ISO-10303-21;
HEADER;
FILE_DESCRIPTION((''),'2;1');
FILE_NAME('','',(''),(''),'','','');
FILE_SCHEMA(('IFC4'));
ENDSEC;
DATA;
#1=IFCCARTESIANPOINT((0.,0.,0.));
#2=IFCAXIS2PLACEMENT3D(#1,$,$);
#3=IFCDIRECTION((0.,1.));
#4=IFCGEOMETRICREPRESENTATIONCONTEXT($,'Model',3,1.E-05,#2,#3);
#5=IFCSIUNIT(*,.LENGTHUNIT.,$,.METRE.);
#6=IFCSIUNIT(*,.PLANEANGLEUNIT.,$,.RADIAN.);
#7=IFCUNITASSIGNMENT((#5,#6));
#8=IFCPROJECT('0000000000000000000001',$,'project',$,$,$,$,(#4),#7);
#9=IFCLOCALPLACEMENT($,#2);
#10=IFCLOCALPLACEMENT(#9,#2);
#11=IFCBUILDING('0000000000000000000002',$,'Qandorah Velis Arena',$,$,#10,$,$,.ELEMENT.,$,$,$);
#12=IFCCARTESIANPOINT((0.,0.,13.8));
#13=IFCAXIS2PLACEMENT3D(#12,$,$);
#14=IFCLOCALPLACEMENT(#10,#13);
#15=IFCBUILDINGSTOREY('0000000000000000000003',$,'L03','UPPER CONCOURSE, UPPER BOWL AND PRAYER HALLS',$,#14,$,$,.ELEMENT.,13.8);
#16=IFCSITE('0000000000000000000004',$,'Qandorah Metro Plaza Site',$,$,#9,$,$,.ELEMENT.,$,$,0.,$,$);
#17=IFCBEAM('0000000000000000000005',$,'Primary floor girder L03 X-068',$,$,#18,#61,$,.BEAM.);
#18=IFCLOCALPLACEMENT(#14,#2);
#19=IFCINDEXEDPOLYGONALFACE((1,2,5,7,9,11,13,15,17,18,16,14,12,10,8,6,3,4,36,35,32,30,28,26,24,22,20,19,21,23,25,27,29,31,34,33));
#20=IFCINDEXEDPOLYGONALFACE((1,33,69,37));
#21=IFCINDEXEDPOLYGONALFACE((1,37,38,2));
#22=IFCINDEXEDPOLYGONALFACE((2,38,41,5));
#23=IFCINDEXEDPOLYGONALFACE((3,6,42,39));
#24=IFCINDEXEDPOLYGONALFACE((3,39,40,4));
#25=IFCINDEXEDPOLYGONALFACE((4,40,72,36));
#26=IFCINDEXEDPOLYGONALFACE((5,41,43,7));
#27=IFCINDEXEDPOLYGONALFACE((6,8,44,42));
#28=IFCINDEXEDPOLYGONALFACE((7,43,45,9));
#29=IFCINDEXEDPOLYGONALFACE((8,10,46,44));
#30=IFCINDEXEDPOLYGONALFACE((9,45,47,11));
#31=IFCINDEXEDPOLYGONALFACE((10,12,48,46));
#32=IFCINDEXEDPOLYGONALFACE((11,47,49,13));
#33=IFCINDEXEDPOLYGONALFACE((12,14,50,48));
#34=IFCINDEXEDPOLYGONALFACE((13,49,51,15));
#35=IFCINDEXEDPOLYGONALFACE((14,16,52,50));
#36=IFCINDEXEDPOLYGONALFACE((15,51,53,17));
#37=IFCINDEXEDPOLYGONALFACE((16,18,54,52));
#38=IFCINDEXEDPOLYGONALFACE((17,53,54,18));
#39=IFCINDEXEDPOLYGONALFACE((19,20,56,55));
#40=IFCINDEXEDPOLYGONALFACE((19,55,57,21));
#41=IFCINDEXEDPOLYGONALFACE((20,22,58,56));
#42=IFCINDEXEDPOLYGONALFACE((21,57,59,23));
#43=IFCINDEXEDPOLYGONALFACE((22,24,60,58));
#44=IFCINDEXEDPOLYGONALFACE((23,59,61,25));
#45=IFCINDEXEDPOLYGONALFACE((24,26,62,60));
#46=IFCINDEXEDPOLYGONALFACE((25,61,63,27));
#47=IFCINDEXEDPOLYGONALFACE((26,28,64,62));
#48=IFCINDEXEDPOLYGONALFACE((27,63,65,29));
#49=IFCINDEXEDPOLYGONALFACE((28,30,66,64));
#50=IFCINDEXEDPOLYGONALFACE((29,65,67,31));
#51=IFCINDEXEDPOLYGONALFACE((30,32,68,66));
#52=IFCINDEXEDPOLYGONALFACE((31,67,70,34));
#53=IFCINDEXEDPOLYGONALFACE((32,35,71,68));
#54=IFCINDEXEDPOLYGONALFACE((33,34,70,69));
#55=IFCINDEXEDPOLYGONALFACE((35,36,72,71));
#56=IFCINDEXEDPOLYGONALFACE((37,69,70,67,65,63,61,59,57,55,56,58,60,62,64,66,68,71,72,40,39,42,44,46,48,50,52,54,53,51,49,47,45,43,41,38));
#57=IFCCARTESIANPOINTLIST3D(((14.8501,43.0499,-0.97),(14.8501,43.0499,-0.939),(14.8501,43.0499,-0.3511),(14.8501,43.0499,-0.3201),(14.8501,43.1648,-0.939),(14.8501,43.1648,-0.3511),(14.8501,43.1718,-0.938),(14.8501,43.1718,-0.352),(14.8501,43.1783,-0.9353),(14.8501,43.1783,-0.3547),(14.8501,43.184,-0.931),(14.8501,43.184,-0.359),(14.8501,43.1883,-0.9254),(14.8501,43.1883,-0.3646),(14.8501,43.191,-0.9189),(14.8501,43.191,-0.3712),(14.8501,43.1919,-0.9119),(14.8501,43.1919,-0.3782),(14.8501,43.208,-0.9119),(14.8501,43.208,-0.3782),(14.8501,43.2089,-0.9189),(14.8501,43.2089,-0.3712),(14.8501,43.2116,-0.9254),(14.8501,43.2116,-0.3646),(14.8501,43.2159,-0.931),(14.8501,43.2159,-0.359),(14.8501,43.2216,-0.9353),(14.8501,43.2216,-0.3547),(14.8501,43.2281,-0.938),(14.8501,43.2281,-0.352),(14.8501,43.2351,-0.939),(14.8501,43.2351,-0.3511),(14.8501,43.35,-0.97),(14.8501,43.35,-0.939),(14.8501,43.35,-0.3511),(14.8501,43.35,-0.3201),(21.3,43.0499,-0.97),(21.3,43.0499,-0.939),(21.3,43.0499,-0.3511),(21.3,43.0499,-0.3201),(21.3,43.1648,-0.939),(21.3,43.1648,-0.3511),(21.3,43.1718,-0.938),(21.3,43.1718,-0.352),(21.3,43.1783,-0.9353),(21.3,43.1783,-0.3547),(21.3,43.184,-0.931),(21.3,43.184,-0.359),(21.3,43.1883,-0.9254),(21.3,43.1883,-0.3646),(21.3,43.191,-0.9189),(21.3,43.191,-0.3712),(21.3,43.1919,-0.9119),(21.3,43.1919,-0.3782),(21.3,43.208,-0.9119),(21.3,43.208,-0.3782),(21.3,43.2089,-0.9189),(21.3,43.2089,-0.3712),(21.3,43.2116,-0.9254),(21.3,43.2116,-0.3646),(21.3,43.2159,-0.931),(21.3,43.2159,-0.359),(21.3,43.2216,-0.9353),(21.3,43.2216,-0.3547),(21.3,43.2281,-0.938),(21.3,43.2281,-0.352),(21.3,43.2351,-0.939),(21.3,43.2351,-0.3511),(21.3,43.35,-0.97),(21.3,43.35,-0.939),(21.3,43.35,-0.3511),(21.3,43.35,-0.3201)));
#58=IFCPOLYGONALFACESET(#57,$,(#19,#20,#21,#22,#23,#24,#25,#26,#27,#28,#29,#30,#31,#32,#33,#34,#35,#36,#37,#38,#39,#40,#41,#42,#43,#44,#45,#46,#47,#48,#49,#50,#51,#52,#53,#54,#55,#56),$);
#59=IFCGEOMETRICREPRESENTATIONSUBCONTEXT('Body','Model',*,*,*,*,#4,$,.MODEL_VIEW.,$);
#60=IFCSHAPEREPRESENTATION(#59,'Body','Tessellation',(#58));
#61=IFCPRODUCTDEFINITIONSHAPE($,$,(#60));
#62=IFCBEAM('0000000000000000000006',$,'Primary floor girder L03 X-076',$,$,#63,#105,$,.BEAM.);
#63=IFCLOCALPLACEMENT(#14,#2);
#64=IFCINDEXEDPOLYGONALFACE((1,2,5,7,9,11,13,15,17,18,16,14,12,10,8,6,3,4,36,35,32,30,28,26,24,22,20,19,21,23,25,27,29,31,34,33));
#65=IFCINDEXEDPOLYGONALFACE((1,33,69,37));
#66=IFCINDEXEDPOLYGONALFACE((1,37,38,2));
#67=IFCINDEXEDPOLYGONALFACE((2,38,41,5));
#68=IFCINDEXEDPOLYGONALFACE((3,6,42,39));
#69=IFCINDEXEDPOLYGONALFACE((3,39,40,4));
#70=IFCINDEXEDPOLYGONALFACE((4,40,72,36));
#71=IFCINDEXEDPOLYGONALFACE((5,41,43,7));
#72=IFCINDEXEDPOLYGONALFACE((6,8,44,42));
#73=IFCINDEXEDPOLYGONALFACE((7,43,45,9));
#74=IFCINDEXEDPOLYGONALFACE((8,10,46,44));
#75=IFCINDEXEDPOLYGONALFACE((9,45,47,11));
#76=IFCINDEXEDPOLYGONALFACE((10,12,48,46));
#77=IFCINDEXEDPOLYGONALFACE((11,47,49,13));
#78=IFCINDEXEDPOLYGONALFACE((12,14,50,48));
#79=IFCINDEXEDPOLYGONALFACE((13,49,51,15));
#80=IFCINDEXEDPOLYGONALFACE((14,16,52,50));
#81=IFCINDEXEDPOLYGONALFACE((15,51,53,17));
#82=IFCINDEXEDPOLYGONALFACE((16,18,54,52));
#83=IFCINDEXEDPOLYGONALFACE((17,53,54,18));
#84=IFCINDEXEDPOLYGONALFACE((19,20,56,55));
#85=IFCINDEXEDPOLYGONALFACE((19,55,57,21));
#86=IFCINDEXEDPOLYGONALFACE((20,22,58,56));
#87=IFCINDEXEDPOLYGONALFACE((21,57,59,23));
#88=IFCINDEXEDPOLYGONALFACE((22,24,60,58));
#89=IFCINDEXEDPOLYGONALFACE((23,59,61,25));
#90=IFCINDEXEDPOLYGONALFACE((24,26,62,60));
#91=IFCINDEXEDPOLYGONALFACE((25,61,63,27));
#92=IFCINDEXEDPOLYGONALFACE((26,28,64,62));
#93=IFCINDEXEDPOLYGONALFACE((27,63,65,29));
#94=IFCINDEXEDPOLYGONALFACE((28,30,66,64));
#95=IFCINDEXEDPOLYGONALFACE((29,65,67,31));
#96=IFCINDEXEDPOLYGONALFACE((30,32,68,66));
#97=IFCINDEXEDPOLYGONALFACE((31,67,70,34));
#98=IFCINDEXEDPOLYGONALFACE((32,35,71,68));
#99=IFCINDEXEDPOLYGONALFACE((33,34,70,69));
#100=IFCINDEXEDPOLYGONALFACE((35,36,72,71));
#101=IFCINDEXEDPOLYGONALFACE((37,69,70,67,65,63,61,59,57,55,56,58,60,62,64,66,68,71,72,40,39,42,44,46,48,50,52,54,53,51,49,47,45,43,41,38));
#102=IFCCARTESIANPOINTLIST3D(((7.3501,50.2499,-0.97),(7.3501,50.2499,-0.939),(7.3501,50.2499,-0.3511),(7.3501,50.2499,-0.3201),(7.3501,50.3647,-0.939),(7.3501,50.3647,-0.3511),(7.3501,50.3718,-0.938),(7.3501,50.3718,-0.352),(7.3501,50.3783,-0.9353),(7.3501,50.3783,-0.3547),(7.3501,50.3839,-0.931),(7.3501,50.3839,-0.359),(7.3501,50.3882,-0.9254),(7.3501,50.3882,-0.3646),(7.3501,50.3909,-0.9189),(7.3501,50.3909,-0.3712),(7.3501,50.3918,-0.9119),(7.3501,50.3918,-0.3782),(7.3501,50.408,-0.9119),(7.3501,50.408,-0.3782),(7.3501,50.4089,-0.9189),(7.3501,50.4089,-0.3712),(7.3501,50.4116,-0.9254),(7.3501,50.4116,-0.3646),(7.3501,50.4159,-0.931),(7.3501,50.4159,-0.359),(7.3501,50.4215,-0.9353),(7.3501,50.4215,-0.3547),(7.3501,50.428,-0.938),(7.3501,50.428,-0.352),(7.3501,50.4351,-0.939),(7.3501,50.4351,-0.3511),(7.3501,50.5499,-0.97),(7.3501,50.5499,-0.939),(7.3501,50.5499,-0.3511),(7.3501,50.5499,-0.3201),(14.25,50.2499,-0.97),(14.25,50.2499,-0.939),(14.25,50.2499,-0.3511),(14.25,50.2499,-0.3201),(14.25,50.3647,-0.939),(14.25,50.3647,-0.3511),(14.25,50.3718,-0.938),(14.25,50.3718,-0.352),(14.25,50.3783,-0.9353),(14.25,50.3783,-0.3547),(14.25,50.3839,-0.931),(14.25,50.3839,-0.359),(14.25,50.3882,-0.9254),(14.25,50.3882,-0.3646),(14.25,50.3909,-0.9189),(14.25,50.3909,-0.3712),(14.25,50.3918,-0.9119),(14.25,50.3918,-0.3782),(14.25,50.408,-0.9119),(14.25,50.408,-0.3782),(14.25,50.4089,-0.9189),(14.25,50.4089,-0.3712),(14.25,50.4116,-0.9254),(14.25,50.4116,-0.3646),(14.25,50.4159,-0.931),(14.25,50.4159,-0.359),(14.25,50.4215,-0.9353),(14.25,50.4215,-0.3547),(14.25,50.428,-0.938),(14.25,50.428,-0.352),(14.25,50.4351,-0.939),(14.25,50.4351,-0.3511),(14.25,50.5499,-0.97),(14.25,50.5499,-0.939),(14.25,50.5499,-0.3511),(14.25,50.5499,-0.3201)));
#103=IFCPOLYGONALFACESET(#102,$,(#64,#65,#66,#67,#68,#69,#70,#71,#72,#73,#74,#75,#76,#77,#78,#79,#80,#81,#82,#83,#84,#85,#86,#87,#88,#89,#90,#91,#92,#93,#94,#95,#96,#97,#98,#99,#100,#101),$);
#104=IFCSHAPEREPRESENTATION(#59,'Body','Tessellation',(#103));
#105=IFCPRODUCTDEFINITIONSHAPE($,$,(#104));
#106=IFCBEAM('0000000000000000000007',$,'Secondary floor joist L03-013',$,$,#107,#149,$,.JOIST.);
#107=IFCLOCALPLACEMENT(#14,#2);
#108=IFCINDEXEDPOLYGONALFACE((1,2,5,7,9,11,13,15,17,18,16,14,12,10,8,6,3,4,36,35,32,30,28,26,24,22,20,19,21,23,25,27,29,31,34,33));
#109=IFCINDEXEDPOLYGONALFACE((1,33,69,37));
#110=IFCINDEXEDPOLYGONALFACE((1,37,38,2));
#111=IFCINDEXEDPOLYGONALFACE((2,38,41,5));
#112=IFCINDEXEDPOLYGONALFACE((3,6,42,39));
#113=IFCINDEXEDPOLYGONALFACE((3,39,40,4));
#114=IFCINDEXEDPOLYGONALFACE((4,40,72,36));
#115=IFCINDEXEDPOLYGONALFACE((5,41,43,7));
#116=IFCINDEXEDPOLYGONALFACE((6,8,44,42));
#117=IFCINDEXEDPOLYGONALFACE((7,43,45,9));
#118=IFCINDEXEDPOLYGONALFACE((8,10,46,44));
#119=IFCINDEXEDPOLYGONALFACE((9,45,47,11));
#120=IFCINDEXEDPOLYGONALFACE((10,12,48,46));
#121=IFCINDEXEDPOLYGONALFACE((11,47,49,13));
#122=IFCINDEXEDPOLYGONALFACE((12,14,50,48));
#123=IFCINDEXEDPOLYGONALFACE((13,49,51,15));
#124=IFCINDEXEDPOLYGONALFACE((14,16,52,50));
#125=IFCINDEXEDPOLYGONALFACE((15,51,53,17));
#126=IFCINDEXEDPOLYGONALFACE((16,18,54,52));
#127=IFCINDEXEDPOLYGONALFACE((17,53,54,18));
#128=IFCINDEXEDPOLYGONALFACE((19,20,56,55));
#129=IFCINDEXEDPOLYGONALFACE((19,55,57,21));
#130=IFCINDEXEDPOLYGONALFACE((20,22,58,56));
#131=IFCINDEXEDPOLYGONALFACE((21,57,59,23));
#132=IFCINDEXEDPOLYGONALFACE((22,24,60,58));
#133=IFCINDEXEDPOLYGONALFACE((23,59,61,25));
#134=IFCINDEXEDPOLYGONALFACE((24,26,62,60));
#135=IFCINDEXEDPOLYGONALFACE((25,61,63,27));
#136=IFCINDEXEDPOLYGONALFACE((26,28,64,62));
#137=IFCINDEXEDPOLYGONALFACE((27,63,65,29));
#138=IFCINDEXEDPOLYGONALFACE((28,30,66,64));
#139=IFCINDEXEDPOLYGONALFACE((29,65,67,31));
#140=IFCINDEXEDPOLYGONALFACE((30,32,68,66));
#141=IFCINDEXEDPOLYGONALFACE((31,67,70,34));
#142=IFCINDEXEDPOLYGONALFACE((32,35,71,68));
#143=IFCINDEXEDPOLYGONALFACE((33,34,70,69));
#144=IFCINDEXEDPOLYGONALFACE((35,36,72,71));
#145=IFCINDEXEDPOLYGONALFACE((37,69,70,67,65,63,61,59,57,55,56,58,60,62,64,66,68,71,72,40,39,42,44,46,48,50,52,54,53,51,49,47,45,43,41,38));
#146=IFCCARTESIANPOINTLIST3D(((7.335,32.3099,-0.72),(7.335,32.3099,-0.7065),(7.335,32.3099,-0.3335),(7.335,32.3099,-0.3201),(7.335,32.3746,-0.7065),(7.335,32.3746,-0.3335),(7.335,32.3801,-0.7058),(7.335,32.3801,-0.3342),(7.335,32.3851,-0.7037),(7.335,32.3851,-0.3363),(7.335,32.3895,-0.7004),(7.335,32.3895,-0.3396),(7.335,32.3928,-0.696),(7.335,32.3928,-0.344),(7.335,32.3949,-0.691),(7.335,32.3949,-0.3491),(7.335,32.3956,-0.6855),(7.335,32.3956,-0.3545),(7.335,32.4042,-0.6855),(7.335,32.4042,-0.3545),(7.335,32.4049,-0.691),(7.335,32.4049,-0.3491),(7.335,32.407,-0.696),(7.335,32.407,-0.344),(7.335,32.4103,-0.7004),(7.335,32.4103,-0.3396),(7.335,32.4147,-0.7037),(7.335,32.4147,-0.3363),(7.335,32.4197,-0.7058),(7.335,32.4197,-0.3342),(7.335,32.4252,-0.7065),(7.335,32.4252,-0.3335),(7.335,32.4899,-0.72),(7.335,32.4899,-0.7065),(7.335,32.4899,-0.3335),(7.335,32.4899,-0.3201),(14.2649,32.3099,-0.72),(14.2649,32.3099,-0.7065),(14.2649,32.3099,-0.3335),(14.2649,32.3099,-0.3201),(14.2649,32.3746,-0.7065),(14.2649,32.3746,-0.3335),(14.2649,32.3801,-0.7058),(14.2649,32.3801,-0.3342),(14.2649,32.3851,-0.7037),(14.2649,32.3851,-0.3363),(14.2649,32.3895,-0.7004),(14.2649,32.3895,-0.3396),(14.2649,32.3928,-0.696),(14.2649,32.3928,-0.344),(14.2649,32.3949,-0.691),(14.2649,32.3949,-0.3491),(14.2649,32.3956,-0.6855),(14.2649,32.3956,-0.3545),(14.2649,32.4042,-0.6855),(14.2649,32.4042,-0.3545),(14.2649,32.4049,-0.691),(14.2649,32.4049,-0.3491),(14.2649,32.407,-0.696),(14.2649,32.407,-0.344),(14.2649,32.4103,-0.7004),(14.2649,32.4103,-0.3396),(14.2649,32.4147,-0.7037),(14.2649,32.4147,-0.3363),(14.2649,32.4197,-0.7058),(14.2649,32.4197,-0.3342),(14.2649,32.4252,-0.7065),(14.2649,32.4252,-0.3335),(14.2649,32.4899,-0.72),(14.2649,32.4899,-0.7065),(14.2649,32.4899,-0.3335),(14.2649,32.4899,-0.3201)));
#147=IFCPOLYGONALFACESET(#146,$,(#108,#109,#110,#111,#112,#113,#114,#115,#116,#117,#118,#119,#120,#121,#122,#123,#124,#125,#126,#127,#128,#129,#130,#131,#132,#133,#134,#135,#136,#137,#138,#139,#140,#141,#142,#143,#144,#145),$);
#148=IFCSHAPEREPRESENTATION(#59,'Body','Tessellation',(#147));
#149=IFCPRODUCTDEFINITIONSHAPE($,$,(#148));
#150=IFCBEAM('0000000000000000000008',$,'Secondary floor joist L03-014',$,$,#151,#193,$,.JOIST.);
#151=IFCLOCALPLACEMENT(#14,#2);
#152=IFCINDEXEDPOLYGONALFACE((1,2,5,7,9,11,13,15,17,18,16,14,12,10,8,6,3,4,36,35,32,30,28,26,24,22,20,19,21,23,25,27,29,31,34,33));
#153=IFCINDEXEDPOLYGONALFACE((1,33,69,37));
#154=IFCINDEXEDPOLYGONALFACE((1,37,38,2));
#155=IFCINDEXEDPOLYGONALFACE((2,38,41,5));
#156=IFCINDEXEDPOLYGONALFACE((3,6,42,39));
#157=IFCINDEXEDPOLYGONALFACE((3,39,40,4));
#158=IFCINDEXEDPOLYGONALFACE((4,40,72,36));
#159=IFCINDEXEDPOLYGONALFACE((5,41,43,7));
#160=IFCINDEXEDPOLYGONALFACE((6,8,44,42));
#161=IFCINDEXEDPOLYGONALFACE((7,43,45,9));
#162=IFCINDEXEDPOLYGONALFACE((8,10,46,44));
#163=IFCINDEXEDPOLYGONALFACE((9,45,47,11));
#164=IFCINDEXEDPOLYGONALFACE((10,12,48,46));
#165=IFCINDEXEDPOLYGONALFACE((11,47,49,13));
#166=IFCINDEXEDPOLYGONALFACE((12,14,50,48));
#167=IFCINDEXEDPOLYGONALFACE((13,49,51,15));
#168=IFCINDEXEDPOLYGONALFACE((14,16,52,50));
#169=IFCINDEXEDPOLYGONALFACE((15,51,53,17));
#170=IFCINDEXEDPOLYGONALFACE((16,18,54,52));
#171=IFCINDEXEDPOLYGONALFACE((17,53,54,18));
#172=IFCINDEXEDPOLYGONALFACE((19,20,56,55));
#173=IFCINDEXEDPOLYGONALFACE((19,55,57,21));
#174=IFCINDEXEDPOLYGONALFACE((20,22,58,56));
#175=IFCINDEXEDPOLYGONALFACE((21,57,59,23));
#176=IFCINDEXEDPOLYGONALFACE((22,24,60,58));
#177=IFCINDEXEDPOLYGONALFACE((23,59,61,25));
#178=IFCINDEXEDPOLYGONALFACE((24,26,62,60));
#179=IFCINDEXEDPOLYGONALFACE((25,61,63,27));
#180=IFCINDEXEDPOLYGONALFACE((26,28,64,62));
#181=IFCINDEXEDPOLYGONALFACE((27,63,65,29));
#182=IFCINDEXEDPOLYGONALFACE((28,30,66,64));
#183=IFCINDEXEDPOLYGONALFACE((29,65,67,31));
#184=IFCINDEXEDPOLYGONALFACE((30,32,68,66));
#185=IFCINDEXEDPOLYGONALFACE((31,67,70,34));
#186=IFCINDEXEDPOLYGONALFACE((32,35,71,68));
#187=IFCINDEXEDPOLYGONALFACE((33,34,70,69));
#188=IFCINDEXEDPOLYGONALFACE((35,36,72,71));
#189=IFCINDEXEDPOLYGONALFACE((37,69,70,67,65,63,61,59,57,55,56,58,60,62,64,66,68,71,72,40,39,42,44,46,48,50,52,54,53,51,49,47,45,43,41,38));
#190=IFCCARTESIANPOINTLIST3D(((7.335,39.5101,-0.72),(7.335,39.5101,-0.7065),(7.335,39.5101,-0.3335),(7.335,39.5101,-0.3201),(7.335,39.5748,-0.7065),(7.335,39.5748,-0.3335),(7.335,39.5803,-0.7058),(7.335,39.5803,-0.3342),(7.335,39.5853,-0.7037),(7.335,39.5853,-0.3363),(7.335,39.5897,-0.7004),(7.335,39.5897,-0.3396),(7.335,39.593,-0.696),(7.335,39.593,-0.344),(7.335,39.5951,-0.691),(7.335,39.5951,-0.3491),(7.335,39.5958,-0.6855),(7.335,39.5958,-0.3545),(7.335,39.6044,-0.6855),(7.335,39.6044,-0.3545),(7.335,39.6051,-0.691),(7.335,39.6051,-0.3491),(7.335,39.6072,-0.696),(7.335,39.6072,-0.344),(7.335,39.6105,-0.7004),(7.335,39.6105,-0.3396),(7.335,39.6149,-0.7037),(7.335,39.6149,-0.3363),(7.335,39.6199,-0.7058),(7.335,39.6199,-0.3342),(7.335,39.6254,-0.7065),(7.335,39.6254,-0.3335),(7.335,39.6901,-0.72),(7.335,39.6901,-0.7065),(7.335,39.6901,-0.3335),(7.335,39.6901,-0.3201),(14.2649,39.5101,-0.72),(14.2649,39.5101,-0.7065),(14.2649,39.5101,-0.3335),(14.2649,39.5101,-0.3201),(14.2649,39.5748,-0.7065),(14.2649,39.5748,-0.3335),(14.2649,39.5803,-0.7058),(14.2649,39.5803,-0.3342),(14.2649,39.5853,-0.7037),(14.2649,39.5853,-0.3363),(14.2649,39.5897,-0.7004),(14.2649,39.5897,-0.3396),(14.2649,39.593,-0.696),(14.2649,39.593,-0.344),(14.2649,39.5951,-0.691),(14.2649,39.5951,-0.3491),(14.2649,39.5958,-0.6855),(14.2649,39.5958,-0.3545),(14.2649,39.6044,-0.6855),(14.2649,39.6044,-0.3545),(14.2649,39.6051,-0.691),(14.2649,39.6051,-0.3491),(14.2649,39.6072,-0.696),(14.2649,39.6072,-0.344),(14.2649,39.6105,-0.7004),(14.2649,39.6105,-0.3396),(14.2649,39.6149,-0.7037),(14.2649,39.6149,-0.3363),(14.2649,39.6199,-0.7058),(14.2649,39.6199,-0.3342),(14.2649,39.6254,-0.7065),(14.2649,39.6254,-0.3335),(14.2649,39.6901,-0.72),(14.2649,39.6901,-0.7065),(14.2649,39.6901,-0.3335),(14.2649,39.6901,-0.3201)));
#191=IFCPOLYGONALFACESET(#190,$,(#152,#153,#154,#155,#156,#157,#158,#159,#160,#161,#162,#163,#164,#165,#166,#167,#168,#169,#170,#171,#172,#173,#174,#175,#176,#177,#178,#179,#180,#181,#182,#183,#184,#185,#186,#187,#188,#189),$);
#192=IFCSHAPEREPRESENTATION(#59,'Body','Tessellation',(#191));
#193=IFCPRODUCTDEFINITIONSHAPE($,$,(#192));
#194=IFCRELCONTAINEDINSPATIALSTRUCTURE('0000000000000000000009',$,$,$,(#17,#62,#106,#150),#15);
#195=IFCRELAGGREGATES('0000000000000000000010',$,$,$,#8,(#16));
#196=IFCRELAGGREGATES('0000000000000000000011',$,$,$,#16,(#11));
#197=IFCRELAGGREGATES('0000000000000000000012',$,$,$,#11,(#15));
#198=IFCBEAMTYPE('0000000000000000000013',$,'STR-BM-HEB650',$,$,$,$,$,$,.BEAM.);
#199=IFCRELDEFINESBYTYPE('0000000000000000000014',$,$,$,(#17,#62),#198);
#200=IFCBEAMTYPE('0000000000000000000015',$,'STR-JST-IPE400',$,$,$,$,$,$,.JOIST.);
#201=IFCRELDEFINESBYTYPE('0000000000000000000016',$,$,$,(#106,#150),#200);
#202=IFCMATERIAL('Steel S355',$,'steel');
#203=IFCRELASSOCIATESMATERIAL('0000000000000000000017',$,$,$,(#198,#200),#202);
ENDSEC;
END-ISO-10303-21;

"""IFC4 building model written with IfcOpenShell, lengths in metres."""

from ifc_helpers import new_model, si_unit, direction, frame, origin, origin_2d, place, context, subcontext, project, spatial, i_section, extrude, material, material_profile, profile_set, type_object, element, save


model = new_model("IFC4")

# Units and contexts
model_context = context("Model", 3, precision=1e-05, world=origin(), true_north=direction((0.0, 1.0)))
body_context = subcontext(model_context, "Body", "Model", "MODEL_VIEW")
ifc_project = project(units=[si_unit("LENGTHUNIT", "METRE"), si_unit("PLANEANGLEUNIT", "RADIAN")], contexts=[model_context])

# Site, building, storey
site_placement = place(None, origin())
site = spatial("IfcSite", under=ifc_project, at=site_placement, Name="Qandorah Metro Plaza Site", CompositionType="ELEMENT", RefElevation=0.0)
building_placement = place(site_placement, origin())
building = spatial("IfcBuilding", under=site, at=building_placement, Name="Qandorah Velis Arena", CompositionType="ELEMENT")
storey_placement = place(building_placement, frame((0.0, 0.0, 13.8)))
storey = spatial("IfcBuildingStorey", under=building, at=storey_placement, Name="L03", Description="UPPER CONCOURSE, UPPER BOWL AND PRAYER HALLS", CompositionType="ELEMENT", Elevation=13.8)

# Beams
ifc_material_1 = material(Name="Steel S355", Category="steel")
ifc_material_profile_1 = material_profile(ifc_material_1, i_section(OverallWidth=0.3, OverallDepth=0.6499, WebThickness=0.0161, FlangeThickness=0.031, FilletRadius=0.0271, at=origin_2d()), Name="HEB 650")
ifc_profile_set_1 = profile_set([ifc_material_profile_1], Name="Steel S355")
beam_type_1 = type_object("IfcBeamType", Name="STR-BM-HEB650", PredefinedType="BEAM", material=ifc_profile_set_1)
for number, where, z_axis, x_axis, name in (
    (1, (14.8501, 43.2, -0.645), (1.0, 0.0, 0.0), (0.0, 1.0, 0.0), "Primary floor girder L03 X-068"),
):
    element("IfcBeam", number, at=place(storey_placement, frame(where, z_axis=z_axis, x_axis=x_axis)), inside=storey, type_object=beam_type_1, Name=name, PredefinedType="BEAM", context=body_context, shape_type="SweptSolid", body=[
        extrude(i_section(OverallWidth=0.3, OverallDepth=0.6499, WebThickness=0.0161, FlangeThickness=0.031, FilletRadius=0.0271, at=origin_2d()), origin(), (0.0, 0.0, 1.0), 6.45),
    ])
beam_1_placement = place(storey_placement, frame((7.3501, 50.3999, -0.645), z_axis=(1.0, 0.0, 0.0), x_axis=(0.0, 1.0, 0.0)))
element("IfcBeam", 2, at=beam_1_placement, inside=storey, type_object=beam_type_1, Name="Primary floor girder L03 X-076", PredefinedType="BEAM", context=body_context, shape_type="SweptSolid", body=[
    extrude(i_section(OverallWidth=0.3, OverallDepth=0.6499, WebThickness=0.0161, FlangeThickness=0.031, FilletRadius=0.0271, at=origin_2d()), origin(), (0.0, 0.0, 1.0), 6.8999),
])
ifc_material_profile_2 = material_profile(ifc_material_1, i_section(OverallWidth=0.1799, OverallDepth=0.3999, WebThickness=0.0085, FlangeThickness=0.0134, FilletRadius=0.021, at=origin_2d()), Name="IPE 400")
ifc_profile_set_2 = profile_set([ifc_material_profile_2], Name="Steel S355")
beam_type_2 = type_object("IfcBeamType", Name="STR-JST-IPE400", PredefinedType="JOIST", material=ifc_profile_set_2)
for number, where, z_axis, x_axis, name in (
    (3, (7.335, 32.3999, -0.52), (1.0, 0.0, 0.0), (0.0, 1.0, 0.0), "Secondary floor joist L03-013"),
    (4, (7.335, 39.6001, -0.52), (1.0, 0.0, 0.0), (0.0, 1.0, 0.0), "Secondary floor joist L03-014"),
):
    element("IfcBeam", number, at=place(storey_placement, frame(where, z_axis=z_axis, x_axis=x_axis)), inside=storey, type_object=beam_type_2, Name=name, PredefinedType="JOIST", context=body_context, shape_type="SweptSolid", body=[
        extrude(i_section(OverallWidth=0.1799, OverallDepth=0.3999, WebThickness=0.0085, FlangeThickness=0.0134, FilletRadius=0.021, at=origin_2d()), origin(), (0.0, 0.0, 1.0), 6.9299),
    ])

save(model, "model.ifc")
